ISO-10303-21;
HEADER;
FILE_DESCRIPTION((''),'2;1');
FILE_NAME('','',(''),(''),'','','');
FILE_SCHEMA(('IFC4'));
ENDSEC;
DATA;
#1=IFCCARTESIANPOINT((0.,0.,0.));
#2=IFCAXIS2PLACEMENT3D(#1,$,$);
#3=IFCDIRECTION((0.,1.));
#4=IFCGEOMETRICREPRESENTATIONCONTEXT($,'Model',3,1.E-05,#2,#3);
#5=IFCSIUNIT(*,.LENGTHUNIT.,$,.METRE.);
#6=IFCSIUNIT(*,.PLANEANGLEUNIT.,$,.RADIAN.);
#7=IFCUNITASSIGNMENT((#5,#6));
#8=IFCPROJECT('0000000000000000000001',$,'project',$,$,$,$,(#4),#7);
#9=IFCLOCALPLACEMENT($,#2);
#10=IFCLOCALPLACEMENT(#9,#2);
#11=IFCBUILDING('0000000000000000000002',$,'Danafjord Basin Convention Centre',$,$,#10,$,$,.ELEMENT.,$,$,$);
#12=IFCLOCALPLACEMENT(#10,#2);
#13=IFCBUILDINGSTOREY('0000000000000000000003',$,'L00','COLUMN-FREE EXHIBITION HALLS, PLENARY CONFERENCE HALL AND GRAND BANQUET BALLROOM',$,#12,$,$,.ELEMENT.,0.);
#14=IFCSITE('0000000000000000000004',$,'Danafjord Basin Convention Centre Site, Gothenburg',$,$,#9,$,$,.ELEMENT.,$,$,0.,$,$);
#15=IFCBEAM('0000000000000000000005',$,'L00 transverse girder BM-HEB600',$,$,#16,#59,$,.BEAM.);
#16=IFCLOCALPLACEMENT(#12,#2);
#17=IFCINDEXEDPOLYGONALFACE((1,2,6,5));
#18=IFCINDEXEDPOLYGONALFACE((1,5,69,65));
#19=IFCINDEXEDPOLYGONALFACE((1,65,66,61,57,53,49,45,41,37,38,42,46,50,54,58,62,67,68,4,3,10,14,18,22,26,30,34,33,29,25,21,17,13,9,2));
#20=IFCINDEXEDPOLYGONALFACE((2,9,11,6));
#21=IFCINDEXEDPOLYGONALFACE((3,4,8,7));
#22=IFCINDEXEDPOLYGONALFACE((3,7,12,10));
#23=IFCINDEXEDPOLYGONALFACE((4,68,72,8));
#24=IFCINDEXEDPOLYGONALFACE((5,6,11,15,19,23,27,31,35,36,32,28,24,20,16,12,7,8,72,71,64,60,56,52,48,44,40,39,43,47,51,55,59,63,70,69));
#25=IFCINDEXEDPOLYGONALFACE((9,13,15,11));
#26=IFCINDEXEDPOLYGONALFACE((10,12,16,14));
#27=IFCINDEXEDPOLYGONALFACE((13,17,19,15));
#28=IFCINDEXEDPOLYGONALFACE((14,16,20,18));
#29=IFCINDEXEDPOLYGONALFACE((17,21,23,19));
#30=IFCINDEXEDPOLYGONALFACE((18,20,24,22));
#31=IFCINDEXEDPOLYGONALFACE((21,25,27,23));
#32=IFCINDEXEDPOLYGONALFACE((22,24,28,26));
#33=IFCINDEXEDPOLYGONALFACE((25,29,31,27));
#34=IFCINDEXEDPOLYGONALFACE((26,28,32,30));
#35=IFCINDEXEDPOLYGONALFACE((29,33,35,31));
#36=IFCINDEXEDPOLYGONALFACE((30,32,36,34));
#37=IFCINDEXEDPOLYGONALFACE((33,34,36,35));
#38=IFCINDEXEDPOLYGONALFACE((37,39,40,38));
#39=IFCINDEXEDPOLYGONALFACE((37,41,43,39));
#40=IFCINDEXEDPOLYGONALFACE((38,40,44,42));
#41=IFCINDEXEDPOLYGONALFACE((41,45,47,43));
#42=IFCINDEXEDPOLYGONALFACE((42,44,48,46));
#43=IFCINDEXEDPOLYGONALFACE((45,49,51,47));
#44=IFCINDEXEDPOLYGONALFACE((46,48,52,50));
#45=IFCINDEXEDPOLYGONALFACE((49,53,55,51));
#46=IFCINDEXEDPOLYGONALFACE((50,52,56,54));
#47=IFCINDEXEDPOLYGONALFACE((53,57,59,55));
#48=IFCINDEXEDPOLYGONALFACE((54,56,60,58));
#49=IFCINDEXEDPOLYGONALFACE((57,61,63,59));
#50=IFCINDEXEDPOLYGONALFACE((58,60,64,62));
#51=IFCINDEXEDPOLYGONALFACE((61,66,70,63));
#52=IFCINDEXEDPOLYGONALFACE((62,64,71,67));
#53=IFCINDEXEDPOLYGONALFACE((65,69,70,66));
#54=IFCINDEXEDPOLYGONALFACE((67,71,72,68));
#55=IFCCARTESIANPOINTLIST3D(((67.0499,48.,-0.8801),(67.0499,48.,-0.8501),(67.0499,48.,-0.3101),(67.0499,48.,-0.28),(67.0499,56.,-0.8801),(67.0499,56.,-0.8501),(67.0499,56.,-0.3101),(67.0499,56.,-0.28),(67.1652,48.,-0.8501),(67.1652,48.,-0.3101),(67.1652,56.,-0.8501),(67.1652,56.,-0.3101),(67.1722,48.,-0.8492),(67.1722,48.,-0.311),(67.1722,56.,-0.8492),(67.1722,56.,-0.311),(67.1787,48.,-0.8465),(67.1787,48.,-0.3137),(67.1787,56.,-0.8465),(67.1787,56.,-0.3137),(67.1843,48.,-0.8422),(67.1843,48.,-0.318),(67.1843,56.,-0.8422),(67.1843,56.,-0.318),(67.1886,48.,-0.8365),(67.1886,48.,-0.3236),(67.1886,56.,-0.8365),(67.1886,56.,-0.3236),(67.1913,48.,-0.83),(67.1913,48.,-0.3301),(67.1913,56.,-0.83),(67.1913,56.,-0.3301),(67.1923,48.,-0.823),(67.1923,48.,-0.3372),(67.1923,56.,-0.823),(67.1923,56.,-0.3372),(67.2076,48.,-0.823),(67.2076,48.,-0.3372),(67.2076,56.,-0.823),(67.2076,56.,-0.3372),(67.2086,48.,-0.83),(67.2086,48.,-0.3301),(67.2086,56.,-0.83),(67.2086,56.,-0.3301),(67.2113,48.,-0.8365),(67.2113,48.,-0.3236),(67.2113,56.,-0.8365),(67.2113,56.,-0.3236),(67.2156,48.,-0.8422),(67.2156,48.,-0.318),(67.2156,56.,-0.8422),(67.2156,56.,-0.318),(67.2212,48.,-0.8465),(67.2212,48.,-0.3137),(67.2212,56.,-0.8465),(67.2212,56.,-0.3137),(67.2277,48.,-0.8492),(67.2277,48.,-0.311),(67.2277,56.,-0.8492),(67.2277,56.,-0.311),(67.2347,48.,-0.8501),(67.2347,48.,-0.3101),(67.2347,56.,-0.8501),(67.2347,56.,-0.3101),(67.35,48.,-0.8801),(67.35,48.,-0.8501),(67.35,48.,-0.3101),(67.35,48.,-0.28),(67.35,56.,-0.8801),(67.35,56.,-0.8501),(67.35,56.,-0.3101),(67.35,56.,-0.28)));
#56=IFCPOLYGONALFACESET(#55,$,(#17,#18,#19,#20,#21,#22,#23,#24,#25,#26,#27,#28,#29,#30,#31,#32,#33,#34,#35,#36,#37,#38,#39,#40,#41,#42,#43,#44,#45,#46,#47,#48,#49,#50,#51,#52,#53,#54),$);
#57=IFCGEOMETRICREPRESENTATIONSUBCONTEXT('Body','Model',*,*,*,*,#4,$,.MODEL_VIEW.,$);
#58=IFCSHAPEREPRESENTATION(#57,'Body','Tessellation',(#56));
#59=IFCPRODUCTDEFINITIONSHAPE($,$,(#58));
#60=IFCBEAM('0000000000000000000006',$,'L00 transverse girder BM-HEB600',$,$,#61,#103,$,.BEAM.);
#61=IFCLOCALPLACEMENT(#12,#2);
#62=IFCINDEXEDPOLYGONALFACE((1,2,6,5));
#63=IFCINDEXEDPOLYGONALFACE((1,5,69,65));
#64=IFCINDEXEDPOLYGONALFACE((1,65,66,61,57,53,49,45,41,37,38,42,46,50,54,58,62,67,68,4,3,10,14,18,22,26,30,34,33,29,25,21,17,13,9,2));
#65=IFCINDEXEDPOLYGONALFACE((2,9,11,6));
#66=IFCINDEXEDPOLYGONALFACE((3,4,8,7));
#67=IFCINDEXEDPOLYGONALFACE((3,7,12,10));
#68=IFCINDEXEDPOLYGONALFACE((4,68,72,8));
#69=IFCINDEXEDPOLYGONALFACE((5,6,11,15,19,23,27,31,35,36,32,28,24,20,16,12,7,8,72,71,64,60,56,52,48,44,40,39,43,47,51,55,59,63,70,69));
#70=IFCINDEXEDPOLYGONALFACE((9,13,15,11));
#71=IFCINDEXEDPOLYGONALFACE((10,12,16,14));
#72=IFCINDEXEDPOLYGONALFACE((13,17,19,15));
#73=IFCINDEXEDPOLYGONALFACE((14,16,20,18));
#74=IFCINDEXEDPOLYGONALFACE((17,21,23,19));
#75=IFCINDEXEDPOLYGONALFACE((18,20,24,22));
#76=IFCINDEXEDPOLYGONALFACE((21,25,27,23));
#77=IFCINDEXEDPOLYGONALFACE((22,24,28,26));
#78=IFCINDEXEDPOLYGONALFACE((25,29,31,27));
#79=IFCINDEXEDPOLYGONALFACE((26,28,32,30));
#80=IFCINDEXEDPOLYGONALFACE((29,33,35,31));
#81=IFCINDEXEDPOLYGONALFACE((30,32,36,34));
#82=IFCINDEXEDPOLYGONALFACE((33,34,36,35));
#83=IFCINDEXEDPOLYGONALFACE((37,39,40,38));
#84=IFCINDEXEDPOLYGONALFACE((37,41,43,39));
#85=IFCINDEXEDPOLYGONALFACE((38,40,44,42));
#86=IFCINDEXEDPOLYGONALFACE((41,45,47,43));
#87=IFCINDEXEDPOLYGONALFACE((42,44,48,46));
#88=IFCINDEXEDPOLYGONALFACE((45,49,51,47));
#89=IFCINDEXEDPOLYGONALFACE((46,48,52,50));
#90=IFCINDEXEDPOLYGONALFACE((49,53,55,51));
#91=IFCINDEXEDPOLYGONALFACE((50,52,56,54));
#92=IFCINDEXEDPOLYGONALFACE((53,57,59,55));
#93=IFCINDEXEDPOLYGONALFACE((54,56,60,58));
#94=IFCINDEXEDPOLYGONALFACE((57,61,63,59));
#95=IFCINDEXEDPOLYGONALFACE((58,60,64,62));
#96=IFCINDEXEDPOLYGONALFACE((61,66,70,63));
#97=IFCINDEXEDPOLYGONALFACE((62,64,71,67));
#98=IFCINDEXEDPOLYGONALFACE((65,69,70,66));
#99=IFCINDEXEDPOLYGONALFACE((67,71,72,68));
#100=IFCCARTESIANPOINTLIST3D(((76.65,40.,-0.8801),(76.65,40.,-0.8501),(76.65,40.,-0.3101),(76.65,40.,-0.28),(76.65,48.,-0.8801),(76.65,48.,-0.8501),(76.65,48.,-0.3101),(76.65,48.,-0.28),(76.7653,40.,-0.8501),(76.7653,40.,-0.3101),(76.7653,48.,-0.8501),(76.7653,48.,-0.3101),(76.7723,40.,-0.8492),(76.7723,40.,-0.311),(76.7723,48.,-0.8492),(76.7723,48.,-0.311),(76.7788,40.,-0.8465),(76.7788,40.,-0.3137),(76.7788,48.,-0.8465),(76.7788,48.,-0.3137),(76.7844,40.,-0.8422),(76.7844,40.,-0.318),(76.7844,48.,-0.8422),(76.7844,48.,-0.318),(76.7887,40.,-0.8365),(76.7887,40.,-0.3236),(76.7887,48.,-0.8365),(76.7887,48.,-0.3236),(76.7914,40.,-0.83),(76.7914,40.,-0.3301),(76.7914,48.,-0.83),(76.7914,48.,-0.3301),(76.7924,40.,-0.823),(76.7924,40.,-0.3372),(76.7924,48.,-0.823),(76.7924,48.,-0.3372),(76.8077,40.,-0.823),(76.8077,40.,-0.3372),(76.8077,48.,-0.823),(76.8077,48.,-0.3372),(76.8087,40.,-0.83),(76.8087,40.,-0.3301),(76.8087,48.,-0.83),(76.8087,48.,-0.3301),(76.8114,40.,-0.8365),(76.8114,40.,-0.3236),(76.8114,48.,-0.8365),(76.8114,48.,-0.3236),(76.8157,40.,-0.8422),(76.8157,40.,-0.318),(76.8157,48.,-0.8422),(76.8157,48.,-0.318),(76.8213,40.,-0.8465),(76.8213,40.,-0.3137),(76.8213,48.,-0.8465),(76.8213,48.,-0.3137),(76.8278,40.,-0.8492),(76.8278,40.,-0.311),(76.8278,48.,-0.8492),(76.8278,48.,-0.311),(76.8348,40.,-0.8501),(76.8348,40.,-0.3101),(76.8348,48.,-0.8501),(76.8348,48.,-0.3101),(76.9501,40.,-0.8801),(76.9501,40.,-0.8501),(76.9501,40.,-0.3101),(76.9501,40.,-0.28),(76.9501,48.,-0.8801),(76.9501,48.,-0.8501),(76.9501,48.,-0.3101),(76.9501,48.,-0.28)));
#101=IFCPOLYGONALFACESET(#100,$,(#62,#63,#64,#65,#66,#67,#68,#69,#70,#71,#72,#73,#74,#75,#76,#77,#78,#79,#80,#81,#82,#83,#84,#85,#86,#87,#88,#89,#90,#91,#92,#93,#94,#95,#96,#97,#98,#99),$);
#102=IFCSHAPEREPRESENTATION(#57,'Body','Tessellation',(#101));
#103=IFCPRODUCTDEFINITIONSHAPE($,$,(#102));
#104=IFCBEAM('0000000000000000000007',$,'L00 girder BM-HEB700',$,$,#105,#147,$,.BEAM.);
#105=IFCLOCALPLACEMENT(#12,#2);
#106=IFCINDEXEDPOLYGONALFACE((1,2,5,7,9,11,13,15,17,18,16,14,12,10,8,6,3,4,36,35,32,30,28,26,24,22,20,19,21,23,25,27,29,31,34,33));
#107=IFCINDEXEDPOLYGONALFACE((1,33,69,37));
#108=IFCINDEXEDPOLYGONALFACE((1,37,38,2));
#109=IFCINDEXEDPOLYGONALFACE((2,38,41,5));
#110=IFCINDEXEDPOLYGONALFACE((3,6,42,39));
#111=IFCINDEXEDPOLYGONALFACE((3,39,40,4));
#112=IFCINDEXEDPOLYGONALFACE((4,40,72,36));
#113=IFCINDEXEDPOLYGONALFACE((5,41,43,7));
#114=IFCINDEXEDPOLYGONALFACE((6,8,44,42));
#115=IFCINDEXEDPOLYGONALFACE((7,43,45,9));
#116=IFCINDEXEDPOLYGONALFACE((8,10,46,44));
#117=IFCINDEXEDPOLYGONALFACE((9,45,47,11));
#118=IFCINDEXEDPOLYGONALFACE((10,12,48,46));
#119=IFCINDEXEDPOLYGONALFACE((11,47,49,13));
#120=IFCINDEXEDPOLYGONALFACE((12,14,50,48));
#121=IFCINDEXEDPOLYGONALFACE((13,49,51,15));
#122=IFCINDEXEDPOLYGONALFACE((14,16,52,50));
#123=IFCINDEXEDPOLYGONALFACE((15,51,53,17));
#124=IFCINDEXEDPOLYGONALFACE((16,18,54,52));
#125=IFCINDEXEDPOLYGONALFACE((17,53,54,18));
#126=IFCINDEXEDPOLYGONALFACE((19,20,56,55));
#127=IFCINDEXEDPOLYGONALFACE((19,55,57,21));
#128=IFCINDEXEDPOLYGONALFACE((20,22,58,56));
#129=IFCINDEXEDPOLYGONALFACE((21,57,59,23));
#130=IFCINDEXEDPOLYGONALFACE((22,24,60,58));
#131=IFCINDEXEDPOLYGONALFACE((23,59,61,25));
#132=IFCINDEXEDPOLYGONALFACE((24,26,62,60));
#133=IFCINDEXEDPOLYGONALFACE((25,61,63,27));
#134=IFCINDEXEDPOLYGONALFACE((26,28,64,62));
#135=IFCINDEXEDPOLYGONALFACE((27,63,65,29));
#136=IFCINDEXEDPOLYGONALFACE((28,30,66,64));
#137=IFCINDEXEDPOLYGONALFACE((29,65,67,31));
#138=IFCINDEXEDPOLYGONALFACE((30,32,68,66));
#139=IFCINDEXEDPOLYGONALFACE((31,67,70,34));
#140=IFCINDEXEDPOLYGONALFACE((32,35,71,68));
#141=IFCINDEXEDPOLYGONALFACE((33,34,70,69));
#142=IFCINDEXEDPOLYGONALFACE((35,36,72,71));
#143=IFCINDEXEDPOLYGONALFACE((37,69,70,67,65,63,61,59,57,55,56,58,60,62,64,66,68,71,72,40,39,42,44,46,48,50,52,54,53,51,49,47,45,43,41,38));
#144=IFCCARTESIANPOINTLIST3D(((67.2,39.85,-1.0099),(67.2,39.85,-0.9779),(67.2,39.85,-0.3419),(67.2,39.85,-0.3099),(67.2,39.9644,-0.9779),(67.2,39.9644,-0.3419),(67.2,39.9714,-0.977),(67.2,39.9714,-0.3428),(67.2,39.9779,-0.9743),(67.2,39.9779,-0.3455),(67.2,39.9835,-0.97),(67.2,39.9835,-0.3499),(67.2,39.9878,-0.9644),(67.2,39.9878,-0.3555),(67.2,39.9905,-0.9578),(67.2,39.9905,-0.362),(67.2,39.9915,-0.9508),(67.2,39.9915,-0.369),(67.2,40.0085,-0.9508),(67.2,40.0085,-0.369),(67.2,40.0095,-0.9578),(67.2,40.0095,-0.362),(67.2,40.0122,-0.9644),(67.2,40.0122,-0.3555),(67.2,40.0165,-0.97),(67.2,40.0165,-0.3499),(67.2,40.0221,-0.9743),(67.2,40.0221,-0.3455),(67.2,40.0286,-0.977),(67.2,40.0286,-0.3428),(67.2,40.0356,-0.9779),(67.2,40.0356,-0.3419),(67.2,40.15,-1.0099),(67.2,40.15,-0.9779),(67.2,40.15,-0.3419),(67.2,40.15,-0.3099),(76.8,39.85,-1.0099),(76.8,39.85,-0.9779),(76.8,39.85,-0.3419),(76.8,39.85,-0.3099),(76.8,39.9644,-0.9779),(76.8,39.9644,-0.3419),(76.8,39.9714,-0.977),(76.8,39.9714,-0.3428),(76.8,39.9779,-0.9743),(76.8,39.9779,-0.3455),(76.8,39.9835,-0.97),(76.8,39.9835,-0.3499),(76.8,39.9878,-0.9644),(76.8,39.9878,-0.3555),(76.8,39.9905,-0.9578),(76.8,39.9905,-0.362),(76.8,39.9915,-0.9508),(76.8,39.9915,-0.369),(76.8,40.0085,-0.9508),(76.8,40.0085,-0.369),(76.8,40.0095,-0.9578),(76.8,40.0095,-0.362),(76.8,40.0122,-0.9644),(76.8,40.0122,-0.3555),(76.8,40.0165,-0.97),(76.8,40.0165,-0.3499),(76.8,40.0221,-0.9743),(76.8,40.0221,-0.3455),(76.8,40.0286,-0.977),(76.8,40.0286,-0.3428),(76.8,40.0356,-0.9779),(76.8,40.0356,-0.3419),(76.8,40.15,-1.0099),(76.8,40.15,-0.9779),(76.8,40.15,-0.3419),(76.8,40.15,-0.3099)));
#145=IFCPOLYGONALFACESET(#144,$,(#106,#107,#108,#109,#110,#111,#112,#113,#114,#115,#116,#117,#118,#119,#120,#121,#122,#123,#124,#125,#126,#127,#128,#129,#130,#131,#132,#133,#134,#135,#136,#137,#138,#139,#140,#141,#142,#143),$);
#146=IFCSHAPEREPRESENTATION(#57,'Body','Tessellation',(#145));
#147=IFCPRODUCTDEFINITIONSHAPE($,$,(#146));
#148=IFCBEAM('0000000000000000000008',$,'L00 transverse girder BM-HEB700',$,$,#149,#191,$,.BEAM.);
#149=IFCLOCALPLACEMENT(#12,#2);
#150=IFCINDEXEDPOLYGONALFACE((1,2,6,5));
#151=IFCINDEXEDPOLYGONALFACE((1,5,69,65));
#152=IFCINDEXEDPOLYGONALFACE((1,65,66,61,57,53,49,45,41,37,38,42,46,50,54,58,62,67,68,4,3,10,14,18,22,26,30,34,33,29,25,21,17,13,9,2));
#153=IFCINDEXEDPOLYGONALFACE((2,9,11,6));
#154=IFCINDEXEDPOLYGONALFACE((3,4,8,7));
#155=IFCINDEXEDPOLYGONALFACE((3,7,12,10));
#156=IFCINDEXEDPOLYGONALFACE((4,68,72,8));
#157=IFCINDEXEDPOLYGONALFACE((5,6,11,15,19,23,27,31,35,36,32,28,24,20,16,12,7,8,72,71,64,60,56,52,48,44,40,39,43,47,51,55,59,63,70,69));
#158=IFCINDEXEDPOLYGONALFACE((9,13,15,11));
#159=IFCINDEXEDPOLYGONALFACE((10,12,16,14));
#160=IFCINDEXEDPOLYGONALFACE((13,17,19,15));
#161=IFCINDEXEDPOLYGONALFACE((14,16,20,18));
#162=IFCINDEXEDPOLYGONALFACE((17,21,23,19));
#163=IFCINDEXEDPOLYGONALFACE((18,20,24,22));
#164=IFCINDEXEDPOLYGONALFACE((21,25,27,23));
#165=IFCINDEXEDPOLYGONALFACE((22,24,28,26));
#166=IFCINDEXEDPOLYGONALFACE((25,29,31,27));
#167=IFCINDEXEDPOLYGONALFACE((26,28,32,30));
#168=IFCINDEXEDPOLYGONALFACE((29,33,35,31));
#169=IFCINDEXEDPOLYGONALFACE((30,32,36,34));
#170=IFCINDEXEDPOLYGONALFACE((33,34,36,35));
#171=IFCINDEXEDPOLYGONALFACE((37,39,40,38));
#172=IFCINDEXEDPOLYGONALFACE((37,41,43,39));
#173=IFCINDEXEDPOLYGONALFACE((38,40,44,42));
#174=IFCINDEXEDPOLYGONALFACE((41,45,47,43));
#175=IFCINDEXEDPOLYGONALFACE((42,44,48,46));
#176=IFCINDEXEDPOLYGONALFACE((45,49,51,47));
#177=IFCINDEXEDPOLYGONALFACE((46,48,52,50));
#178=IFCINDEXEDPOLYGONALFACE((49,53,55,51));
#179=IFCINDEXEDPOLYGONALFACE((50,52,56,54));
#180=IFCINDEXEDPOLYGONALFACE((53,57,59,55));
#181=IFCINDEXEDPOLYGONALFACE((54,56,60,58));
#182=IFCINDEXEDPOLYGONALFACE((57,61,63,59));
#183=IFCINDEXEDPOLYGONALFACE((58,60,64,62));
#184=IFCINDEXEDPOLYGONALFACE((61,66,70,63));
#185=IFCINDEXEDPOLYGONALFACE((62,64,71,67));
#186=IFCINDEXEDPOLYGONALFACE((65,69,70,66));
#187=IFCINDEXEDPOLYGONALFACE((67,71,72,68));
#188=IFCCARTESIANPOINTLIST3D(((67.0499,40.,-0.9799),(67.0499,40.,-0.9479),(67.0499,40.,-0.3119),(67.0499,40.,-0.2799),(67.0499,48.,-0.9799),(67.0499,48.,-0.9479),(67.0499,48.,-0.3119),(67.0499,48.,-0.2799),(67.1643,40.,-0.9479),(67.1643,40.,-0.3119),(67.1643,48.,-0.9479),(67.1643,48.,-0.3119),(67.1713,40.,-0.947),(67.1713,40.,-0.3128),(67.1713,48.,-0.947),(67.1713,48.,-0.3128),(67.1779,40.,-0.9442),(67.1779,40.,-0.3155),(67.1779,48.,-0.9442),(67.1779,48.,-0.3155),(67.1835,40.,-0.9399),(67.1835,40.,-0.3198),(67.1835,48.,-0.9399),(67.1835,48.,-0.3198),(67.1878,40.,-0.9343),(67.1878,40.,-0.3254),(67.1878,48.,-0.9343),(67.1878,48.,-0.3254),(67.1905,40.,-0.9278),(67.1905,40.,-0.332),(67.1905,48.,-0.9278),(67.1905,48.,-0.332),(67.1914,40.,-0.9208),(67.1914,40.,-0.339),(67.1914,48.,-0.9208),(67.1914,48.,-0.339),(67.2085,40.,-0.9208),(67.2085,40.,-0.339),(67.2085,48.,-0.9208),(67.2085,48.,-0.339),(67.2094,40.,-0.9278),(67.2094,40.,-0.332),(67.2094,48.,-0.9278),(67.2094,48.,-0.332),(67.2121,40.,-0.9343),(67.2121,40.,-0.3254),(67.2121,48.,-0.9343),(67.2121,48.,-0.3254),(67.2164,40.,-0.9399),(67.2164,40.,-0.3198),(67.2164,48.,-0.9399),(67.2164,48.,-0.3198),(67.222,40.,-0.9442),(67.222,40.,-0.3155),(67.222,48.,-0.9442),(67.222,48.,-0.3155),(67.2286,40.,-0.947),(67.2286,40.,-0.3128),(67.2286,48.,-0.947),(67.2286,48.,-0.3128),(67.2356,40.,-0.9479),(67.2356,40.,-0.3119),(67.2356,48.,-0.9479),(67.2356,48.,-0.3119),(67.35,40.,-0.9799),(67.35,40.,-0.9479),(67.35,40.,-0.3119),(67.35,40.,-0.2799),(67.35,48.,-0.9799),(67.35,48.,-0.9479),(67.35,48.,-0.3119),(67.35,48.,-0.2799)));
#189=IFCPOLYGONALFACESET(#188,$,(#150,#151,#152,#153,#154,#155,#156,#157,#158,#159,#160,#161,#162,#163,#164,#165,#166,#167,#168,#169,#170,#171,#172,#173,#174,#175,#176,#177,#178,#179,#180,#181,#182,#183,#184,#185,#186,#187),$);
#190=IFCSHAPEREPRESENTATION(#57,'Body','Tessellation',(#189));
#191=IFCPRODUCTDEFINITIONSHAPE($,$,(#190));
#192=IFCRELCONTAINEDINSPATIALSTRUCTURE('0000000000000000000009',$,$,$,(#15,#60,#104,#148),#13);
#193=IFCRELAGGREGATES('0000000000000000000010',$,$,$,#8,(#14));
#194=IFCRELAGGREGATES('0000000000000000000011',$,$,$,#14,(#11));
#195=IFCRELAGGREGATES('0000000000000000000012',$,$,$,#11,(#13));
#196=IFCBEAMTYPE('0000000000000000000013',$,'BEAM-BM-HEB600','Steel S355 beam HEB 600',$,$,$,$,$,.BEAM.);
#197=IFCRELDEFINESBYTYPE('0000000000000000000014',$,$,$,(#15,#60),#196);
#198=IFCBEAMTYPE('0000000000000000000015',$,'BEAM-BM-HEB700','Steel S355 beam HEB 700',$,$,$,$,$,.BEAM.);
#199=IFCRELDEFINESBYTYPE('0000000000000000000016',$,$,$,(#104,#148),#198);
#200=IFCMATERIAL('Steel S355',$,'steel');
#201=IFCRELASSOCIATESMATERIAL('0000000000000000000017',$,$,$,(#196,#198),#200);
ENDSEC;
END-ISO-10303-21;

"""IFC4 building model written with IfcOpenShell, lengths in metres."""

from ifc_helpers import new_model, si_unit, direction, frame, origin, origin_2d, place, context, subcontext, project, spatial, i_section, extrude, material, material_profile, profile_set, type_object, element, save


model = new_model("IFC4")

# Units and contexts
model_context = context("Model", 3, precision=1e-05, world=origin(), true_north=direction((0.0, 1.0)))
body_context = subcontext(model_context, "Body", "Model", "MODEL_VIEW")
ifc_project = project(units=[si_unit("LENGTHUNIT", "METRE"), si_unit("PLANEANGLEUNIT", "RADIAN")], contexts=[model_context])

# Site, building, storey
site_placement = place(None, origin())
site = spatial("IfcSite", under=ifc_project, at=site_placement, Name="Danafjord Basin Convention Centre Site, Gothenburg", CompositionType="ELEMENT", RefElevation=0.0)
building_placement = place(site_placement, origin())
building = spatial("IfcBuilding", under=site, at=building_placement, Name="Danafjord Basin Convention Centre", CompositionType="ELEMENT")
storey_placement = place(building_placement, origin())
storey = spatial("IfcBuildingStorey", under=building, at=storey_placement, Name="L00", Description="COLUMN-FREE EXHIBITION HALLS, PLENARY CONFERENCE HALL AND GRAND BANQUET BALLROOM", CompositionType="ELEMENT", Elevation=0.0)

# Shared definitions
ifc_material_1 = material(Name="Steel S355", Category="steel")

# Beams
ifc_material_profile_1 = material_profile(ifc_material_1, i_section(OverallWidth=0.3, OverallDepth=0.6001, WebThickness=0.0154, FlangeThickness=0.03, FilletRadius=0.0271, at=origin_2d()), Name="HEB 600")
ifc_profile_set_1 = profile_set([ifc_material_profile_1], Name="Steel S355")
beam_type_1 = type_object("IfcBeamType", Name="BEAM-BM-HEB600", Description="Steel S355 beam HEB 600", PredefinedType="BEAM", material=ifc_profile_set_1)
for number, where, z_axis, x_axis, name in (
    (1, (67.2, 48.0, -0.5801), (0.0, 1.0, 0.0), (-1.0, 0.0, 0.0), "L00 transverse girder BM-HEB600"),
    (2, (76.8, 40.0, -0.5801), (0.0, 1.0, 0.0), (-1.0, 0.0, 0.0), "L00 transverse girder BM-HEB600"),
):
    element("IfcBeam", number, at=place(storey_placement, frame(where, z_axis=z_axis, x_axis=x_axis)), inside=storey, type_object=beam_type_1, Name=name, PredefinedType="BEAM", context=body_context, shape_type="SweptSolid", body=[
        extrude(i_section(OverallWidth=0.3, OverallDepth=0.6001, WebThickness=0.0154, FlangeThickness=0.03, FilletRadius=0.0271, at=origin_2d()), origin(), (0.0, 0.0, 1.0), 8.0),
    ])
ifc_material_profile_2 = material_profile(ifc_material_1, i_section(OverallWidth=0.3, OverallDepth=0.7, WebThickness=0.0171, FlangeThickness=0.032, FilletRadius=0.0271, at=origin_2d()), Name="HEB 700")
ifc_profile_set_2 = profile_set([ifc_material_profile_2], Name="Steel S355")
beam_type_2 = type_object("IfcBeamType", Name="BEAM-BM-HEB700", Description="Steel S355 beam HEB 700", PredefinedType="BEAM", material=ifc_profile_set_2)
beam_1_placement = place(storey_placement, frame((67.2, 40.0, -0.6599), z_axis=(1.0, 0.0, 0.0), x_axis=(0.0, 1.0, 0.0)))
element("IfcBeam", 3, at=beam_1_placement, inside=storey, type_object=beam_type_2, Name="L00 girder BM-HEB700", PredefinedType="BEAM", context=body_context, shape_type="SweptSolid", body=[
    extrude(i_section(OverallWidth=0.3, OverallDepth=0.7, WebThickness=0.0171, FlangeThickness=0.032, FilletRadius=0.0271, at=origin_2d()), origin(), (0.0, 0.0, 1.0), 9.6001),
])
beam_2_placement = place(storey_placement, frame((67.2, 40.0, -0.6299), z_axis=(0.0, 1.0, 0.0), x_axis=(-1.0, 0.0, 0.0)))
element("IfcBeam", 4, at=beam_2_placement, inside=storey, type_object=beam_type_2, Name="L00 transverse girder BM-HEB700", PredefinedType="BEAM", context=body_context, shape_type="SweptSolid", body=[
    extrude(i_section(OverallWidth=0.3, OverallDepth=0.7, WebThickness=0.0171, FlangeThickness=0.032, FilletRadius=0.0271, at=origin_2d()), origin(), (0.0, 0.0, 1.0), 8.0),
])

save(model, "model.ifc")
